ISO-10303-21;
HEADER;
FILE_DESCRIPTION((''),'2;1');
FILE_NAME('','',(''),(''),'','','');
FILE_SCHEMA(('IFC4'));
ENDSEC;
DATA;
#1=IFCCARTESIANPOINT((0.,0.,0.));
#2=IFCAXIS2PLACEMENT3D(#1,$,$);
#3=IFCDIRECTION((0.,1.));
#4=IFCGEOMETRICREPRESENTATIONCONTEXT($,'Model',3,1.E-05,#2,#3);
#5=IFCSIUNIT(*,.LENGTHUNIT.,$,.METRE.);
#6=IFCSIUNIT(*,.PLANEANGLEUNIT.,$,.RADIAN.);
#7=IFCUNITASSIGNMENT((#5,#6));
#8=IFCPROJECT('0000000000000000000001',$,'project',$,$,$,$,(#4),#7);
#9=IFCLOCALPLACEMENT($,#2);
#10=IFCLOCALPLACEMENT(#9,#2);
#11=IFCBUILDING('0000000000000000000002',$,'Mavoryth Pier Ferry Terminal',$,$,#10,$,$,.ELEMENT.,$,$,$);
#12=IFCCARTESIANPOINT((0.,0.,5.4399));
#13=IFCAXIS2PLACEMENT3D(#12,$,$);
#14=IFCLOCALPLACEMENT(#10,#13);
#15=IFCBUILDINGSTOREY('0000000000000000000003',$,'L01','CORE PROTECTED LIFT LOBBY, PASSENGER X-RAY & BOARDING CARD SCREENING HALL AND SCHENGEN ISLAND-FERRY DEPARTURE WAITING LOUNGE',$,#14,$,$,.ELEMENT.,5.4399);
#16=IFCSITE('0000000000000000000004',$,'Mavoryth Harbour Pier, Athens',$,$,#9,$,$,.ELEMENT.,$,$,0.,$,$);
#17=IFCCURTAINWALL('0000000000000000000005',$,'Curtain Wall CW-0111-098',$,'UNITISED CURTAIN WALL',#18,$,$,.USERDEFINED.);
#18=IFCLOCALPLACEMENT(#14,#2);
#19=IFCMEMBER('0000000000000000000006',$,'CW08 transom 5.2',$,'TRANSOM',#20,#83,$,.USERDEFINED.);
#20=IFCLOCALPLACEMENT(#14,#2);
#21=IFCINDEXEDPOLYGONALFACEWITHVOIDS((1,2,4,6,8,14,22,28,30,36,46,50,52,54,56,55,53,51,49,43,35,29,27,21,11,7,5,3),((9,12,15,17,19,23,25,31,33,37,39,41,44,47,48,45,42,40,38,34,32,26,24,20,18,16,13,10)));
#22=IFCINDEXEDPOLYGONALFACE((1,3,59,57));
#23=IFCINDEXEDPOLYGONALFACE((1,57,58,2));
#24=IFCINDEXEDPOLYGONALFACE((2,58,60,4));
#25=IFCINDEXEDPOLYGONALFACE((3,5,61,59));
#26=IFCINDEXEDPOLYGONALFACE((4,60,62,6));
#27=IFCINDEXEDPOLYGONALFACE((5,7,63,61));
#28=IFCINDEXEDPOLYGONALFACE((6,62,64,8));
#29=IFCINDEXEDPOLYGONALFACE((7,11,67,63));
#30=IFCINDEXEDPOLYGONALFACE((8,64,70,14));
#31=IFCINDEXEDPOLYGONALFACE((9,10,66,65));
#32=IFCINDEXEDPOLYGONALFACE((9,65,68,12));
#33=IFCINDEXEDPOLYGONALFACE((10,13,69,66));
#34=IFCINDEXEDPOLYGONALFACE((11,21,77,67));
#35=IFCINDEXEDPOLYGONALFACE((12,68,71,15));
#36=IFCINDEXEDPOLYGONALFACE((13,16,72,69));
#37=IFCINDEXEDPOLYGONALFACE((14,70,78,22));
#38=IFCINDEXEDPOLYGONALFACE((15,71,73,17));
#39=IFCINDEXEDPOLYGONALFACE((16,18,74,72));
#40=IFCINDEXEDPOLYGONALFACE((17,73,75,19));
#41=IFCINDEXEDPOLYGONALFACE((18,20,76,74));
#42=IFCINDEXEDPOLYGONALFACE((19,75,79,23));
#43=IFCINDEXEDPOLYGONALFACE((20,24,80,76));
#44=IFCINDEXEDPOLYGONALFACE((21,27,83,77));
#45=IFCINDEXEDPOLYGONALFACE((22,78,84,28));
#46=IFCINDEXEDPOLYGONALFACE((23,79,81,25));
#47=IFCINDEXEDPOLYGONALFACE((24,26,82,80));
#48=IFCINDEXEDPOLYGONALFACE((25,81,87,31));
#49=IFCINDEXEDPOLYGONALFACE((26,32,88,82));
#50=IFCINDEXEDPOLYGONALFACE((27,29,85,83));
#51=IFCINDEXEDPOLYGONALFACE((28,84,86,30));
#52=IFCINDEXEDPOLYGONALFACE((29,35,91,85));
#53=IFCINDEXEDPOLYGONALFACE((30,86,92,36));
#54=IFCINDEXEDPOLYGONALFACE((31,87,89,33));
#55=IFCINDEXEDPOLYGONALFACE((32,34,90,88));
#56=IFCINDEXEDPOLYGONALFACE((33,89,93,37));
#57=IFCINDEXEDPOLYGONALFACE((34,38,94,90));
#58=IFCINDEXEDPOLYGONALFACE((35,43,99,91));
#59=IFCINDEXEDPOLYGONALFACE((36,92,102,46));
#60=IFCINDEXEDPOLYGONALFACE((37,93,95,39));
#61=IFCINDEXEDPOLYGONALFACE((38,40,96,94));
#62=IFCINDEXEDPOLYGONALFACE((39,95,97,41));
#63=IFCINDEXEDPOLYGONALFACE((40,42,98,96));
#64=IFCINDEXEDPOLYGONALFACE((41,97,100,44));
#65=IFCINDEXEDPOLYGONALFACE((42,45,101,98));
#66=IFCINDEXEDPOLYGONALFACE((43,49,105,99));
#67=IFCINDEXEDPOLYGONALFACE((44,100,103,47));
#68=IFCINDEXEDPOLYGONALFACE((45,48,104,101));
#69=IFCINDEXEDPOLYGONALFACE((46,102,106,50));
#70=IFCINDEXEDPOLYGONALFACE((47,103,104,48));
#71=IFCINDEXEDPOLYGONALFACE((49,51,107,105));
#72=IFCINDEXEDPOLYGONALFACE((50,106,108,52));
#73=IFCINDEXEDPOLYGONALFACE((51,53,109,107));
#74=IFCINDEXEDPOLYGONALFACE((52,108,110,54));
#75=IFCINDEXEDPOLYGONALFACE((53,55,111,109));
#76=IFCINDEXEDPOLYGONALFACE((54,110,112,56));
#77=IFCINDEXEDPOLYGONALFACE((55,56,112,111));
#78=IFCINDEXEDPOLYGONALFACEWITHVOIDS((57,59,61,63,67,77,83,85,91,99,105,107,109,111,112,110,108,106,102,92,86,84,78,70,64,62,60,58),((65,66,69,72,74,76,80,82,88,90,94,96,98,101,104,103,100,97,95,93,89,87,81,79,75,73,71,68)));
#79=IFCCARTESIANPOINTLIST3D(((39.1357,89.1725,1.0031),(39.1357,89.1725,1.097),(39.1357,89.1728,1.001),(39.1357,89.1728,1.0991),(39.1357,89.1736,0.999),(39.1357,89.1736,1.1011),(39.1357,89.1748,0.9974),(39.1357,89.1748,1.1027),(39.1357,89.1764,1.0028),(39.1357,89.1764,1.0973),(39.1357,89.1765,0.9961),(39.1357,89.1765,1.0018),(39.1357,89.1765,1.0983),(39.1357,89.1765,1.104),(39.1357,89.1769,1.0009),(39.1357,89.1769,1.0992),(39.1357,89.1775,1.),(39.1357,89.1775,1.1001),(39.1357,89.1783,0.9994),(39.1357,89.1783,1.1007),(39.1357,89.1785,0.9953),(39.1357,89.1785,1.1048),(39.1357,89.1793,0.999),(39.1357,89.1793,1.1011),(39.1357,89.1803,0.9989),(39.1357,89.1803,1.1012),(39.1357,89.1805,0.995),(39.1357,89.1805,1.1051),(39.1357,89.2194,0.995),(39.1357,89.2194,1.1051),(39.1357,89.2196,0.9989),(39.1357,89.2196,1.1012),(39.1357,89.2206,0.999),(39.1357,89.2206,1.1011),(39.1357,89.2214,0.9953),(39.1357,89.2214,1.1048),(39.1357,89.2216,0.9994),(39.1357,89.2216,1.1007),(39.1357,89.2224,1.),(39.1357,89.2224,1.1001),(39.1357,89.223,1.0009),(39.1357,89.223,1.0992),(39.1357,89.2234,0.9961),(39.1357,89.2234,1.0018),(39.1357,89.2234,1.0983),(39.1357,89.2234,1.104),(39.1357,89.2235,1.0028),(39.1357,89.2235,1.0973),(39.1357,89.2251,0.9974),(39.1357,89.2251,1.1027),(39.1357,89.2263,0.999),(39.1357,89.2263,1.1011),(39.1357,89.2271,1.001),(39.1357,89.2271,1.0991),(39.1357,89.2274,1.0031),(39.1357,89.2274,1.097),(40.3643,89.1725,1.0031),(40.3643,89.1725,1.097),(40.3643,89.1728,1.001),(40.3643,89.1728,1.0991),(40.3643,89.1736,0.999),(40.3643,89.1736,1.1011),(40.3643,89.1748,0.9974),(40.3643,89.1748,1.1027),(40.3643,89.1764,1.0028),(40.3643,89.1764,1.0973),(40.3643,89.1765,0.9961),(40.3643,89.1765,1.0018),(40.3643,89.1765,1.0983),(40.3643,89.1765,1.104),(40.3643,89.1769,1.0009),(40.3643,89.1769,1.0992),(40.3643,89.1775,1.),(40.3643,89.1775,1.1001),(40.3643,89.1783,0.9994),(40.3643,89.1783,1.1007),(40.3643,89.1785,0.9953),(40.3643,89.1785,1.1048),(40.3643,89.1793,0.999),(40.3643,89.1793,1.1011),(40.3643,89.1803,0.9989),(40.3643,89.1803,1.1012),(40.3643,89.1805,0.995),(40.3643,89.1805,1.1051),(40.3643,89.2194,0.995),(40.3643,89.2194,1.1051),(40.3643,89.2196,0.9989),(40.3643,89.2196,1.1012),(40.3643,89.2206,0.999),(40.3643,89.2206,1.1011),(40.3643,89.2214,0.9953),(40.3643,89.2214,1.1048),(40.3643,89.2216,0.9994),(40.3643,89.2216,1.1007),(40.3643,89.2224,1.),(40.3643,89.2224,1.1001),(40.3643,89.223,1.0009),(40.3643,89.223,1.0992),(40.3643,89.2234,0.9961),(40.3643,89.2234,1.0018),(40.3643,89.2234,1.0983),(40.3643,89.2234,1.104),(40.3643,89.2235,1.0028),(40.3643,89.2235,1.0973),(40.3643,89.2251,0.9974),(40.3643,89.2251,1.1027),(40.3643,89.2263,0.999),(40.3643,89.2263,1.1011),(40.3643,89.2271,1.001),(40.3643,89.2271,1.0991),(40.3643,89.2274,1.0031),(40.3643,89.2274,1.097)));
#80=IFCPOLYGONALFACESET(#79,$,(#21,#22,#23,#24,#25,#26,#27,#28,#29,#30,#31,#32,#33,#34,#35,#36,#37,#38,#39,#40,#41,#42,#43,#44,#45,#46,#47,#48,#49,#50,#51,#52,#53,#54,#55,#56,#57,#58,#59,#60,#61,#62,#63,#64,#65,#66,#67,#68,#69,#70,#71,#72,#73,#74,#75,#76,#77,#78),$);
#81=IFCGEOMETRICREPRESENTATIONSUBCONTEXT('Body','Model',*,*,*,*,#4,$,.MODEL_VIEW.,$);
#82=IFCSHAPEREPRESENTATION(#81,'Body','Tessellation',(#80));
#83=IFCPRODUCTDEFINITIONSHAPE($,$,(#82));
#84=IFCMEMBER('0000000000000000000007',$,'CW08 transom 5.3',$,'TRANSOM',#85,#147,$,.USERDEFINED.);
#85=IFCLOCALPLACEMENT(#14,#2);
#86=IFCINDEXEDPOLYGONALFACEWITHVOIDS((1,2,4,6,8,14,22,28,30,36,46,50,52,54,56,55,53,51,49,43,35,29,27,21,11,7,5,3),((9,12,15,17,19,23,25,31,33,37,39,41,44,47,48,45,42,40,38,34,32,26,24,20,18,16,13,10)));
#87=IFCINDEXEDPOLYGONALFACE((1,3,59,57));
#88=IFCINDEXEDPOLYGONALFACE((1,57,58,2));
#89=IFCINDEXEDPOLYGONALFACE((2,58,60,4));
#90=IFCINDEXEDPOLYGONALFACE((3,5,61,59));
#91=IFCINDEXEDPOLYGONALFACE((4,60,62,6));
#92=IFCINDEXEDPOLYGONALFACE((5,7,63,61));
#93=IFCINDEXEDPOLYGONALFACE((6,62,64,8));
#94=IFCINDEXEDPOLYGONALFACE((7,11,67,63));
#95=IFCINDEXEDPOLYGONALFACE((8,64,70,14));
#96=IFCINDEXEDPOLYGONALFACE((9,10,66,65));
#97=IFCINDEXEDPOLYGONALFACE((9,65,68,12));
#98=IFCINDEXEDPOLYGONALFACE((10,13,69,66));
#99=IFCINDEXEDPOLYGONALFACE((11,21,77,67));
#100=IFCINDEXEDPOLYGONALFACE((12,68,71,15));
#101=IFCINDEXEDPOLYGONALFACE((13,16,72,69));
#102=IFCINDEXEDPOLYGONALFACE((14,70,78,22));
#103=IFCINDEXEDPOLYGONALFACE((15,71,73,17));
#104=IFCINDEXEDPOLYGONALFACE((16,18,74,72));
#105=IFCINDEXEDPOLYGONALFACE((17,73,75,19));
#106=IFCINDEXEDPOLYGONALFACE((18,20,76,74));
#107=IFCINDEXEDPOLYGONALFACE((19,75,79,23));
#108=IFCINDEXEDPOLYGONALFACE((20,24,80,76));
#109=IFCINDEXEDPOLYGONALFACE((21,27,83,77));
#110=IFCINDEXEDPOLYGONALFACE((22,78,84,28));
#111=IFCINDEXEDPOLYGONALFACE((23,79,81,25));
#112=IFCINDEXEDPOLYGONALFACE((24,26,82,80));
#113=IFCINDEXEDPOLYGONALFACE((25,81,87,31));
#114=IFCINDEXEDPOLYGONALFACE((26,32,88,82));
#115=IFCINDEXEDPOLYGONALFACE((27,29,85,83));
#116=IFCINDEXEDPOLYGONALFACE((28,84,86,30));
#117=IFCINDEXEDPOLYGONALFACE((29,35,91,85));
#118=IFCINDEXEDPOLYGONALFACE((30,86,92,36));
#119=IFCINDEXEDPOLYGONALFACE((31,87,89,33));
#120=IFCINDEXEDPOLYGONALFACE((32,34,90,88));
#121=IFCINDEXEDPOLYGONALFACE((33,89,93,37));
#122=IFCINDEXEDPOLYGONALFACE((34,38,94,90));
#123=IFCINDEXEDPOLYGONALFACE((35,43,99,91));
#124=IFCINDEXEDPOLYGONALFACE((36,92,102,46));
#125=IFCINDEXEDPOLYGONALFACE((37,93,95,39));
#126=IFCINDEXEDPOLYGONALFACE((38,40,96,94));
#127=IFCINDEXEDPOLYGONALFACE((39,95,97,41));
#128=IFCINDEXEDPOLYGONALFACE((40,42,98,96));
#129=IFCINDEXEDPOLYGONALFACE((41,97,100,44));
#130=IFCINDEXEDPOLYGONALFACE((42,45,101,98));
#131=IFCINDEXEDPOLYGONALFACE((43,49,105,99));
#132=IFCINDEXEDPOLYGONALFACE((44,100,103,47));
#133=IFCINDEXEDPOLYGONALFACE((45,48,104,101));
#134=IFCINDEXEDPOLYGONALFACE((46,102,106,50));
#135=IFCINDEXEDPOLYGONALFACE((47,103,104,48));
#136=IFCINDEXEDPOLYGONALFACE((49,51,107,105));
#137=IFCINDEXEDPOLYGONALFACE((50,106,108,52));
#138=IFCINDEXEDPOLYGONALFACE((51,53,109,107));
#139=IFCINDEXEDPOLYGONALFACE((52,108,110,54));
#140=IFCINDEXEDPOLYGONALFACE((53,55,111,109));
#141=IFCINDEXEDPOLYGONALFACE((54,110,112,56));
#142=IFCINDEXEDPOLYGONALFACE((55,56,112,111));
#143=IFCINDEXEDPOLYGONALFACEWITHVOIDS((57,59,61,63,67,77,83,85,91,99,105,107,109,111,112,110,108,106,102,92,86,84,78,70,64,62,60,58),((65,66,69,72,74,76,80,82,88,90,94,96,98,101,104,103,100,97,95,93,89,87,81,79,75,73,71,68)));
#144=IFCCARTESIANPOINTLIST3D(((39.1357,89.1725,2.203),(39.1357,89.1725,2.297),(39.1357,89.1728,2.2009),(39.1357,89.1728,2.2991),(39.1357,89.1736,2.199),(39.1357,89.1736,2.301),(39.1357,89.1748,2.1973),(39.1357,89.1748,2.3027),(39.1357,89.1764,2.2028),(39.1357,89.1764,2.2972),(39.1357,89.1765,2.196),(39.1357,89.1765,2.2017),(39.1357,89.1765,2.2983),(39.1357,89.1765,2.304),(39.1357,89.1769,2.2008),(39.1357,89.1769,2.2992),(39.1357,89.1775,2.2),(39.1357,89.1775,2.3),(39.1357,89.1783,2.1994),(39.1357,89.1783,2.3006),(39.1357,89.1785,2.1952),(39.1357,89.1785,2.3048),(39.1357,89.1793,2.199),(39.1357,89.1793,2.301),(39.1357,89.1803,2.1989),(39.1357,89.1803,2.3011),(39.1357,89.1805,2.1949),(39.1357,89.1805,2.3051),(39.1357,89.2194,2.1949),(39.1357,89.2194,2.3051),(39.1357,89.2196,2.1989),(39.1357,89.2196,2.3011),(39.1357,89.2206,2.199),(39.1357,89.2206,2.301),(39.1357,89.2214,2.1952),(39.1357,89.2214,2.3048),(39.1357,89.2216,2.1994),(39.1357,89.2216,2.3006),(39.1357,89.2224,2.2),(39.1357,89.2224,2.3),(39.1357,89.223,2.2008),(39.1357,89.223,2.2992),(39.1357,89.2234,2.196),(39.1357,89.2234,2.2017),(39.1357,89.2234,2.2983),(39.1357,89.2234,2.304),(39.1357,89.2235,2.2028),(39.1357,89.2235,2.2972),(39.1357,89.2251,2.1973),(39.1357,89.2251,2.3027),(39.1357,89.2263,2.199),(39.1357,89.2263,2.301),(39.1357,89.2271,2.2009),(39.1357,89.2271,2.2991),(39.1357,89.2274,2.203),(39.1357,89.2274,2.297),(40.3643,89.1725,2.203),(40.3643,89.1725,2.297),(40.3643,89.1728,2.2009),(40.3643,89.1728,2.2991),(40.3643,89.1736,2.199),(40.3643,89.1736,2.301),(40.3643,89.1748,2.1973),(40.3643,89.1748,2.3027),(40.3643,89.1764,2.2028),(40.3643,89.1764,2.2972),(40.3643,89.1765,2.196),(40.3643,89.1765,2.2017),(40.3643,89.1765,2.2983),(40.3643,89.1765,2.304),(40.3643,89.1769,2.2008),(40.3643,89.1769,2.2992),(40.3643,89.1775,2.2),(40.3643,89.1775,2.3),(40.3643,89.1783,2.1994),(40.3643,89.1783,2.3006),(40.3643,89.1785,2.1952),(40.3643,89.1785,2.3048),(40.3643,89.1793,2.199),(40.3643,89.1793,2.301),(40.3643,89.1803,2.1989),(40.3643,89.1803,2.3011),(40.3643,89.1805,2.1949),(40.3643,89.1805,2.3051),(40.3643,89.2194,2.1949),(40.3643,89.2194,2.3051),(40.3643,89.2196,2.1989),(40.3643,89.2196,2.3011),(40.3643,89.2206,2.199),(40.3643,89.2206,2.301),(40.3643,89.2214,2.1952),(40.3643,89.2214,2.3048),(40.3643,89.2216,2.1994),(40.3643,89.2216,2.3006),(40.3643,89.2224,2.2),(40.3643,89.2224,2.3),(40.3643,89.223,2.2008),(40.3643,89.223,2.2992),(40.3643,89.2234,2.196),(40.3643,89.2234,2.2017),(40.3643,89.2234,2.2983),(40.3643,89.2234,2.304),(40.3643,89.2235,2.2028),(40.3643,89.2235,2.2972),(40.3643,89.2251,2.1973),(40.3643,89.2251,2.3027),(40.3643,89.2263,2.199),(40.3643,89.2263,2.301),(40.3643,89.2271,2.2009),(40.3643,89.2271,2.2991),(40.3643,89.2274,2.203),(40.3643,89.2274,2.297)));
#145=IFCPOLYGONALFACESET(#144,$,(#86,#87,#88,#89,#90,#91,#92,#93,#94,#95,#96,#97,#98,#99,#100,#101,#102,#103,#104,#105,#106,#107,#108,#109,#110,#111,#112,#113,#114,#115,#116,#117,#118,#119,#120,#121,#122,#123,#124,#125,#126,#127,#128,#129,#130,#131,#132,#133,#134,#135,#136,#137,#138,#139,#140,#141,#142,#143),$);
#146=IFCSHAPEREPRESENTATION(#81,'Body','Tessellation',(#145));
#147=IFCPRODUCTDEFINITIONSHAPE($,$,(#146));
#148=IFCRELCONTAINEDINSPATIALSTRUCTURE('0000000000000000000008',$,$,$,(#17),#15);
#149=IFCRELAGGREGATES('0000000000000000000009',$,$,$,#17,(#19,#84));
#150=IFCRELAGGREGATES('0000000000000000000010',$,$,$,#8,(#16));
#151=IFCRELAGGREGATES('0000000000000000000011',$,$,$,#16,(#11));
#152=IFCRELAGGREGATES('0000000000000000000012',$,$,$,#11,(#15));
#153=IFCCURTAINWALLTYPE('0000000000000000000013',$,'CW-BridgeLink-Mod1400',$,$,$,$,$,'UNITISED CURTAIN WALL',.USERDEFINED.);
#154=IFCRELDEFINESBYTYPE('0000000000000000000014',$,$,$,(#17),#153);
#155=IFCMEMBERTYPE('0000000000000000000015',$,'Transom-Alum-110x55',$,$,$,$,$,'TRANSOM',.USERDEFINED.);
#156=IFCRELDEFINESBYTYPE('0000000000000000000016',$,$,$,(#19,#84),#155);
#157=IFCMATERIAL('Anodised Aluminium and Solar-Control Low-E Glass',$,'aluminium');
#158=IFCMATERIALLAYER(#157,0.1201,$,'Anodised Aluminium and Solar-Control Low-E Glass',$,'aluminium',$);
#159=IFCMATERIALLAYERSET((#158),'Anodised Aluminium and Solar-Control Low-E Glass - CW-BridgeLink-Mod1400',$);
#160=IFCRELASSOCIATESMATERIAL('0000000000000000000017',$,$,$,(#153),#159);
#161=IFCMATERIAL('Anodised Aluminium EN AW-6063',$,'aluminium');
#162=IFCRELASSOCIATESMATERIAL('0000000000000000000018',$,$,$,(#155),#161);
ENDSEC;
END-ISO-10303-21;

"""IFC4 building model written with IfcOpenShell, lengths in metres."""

from ifc_helpers import new_model, si_unit, direction, frame, origin, origin_2d, place, context, subcontext, project, spatial, hollow_rectangle, extrude, material, layer, layer_set, material_profile, profile_set, type_object, element, aggregate, save


model = new_model("IFC4")

# Units and contexts
model_context = context("Model", 3, precision=1e-05, world=origin(), true_north=direction((0.0, 1.0)))
body_context = subcontext(model_context, "Body", "Model", "MODEL_VIEW")
ifc_project = project(units=[si_unit("LENGTHUNIT", "METRE"), si_unit("PLANEANGLEUNIT", "RADIAN")], contexts=[model_context])

# Site, building, storey
site_placement = place(None, origin())
site = spatial("IfcSite", under=ifc_project, at=site_placement, Name="Mavoryth Harbour Pier, Athens", CompositionType="ELEMENT", RefElevation=0.0)
building_placement = place(site_placement, origin())
building = spatial("IfcBuilding", under=site, at=building_placement, Name="Mavoryth Pier Ferry Terminal", CompositionType="ELEMENT")
storey_placement = place(building_placement, frame((0.0, 0.0, 5.4399)))
storey = spatial("IfcBuildingStorey", under=building, at=storey_placement, Name="L01", Description="CORE PROTECTED LIFT LOBBY, PASSENGER X-RAY & BOARDING CARD SCREENING HALL AND SCHENGEN ISLAND-FERRY DEPARTURE WAITING LOUNGE", CompositionType="ELEMENT", Elevation=5.4399)

# Curtain wall, members
ifc_material_1 = material(Name="Anodised Aluminium and Solar-Control Low-E Glass", Category="aluminium")
ifc_layer_1 = layer(ifc_material_1, 0.1201, Name="Anodised Aluminium and Solar-Control Low-E Glass", Category="aluminium")
ifc_layer_set_1 = layer_set([ifc_layer_1], Name="Anodised Aluminium and Solar-Control Low-E Glass - CW-BridgeLink-Mod1400")
curtain_wall_type = type_object("IfcCurtainWallType", Name="CW-BridgeLink-Mod1400", ElementType="UNITISED CURTAIN WALL", PredefinedType="USERDEFINED", material=ifc_layer_set_1)
curtain_wall_placement = place(storey_placement, origin())
curtain_wall = element("IfcCurtainWall", 1, at=curtain_wall_placement, inside=storey, type_object=curtain_wall_type, Name="Curtain Wall CW-0111-098", ObjectType="UNITISED CURTAIN WALL", PredefinedType="USERDEFINED")
ifc_material_2 = material(Name="Anodised Aluminium EN AW-6063", Category="aluminium")
ifc_material_profile_1 = material_profile(ifc_material_2, hollow_rectangle(XDim=0.0549, YDim=0.1101, WallThickness=0.0039, InnerFilletRadius=0.0039, OuterFilletRadius=0.0081, at=origin_2d()), Name="AL-TRAN 110x55x4", Category="aluminium")
ifc_profile_set_1 = profile_set([ifc_material_profile_1], Name="Anodised Aluminium EN AW-6063 - AL-TRAN 110x55x4")
member_type_1 = type_object("IfcMemberType", Name="Transom-Alum-110x55", ElementType="TRANSOM", PredefinedType="USERDEFINED", material=ifc_profile_set_1)
member_1_placement = place(storey_placement, frame((39.1357, 89.2, 1.05), z_axis=(1.0, 0.0, 0.0), x_axis=(0.0, 1.0, 0.0)))
member_1 = element("IfcMember", 2, at=member_1_placement, type_object=member_type_1, Name="CW08 transom 5.2", ObjectType="TRANSOM", PredefinedType="USERDEFINED", context=body_context, shape_type="SweptSolid", body=[
    extrude(hollow_rectangle(XDim=0.0549, YDim=0.1101, WallThickness=0.0039, InnerFilletRadius=0.0039, OuterFilletRadius=0.0081, at=origin_2d()), origin(), (0.0, 0.0, 1.0), 1.2285),
])
member_2_placement = place(storey_placement, frame((39.1357, 89.2, 2.25), z_axis=(1.0, 0.0, 0.0), x_axis=(0.0, 1.0, 0.0)))
member_2 = element("IfcMember", 3, at=member_2_placement, type_object=member_type_1, Name="CW08 transom 5.3", ObjectType="TRANSOM", PredefinedType="USERDEFINED", context=body_context, shape_type="SweptSolid", body=[
    extrude(hollow_rectangle(XDim=0.0549, YDim=0.1101, WallThickness=0.0039, InnerFilletRadius=0.0039, OuterFilletRadius=0.0081, at=origin_2d()), origin(), (0.0, 0.0, 1.0), 1.2285),
])
aggregate(curtain_wall, [member_1, member_2])

save(model, "model.ifc")
